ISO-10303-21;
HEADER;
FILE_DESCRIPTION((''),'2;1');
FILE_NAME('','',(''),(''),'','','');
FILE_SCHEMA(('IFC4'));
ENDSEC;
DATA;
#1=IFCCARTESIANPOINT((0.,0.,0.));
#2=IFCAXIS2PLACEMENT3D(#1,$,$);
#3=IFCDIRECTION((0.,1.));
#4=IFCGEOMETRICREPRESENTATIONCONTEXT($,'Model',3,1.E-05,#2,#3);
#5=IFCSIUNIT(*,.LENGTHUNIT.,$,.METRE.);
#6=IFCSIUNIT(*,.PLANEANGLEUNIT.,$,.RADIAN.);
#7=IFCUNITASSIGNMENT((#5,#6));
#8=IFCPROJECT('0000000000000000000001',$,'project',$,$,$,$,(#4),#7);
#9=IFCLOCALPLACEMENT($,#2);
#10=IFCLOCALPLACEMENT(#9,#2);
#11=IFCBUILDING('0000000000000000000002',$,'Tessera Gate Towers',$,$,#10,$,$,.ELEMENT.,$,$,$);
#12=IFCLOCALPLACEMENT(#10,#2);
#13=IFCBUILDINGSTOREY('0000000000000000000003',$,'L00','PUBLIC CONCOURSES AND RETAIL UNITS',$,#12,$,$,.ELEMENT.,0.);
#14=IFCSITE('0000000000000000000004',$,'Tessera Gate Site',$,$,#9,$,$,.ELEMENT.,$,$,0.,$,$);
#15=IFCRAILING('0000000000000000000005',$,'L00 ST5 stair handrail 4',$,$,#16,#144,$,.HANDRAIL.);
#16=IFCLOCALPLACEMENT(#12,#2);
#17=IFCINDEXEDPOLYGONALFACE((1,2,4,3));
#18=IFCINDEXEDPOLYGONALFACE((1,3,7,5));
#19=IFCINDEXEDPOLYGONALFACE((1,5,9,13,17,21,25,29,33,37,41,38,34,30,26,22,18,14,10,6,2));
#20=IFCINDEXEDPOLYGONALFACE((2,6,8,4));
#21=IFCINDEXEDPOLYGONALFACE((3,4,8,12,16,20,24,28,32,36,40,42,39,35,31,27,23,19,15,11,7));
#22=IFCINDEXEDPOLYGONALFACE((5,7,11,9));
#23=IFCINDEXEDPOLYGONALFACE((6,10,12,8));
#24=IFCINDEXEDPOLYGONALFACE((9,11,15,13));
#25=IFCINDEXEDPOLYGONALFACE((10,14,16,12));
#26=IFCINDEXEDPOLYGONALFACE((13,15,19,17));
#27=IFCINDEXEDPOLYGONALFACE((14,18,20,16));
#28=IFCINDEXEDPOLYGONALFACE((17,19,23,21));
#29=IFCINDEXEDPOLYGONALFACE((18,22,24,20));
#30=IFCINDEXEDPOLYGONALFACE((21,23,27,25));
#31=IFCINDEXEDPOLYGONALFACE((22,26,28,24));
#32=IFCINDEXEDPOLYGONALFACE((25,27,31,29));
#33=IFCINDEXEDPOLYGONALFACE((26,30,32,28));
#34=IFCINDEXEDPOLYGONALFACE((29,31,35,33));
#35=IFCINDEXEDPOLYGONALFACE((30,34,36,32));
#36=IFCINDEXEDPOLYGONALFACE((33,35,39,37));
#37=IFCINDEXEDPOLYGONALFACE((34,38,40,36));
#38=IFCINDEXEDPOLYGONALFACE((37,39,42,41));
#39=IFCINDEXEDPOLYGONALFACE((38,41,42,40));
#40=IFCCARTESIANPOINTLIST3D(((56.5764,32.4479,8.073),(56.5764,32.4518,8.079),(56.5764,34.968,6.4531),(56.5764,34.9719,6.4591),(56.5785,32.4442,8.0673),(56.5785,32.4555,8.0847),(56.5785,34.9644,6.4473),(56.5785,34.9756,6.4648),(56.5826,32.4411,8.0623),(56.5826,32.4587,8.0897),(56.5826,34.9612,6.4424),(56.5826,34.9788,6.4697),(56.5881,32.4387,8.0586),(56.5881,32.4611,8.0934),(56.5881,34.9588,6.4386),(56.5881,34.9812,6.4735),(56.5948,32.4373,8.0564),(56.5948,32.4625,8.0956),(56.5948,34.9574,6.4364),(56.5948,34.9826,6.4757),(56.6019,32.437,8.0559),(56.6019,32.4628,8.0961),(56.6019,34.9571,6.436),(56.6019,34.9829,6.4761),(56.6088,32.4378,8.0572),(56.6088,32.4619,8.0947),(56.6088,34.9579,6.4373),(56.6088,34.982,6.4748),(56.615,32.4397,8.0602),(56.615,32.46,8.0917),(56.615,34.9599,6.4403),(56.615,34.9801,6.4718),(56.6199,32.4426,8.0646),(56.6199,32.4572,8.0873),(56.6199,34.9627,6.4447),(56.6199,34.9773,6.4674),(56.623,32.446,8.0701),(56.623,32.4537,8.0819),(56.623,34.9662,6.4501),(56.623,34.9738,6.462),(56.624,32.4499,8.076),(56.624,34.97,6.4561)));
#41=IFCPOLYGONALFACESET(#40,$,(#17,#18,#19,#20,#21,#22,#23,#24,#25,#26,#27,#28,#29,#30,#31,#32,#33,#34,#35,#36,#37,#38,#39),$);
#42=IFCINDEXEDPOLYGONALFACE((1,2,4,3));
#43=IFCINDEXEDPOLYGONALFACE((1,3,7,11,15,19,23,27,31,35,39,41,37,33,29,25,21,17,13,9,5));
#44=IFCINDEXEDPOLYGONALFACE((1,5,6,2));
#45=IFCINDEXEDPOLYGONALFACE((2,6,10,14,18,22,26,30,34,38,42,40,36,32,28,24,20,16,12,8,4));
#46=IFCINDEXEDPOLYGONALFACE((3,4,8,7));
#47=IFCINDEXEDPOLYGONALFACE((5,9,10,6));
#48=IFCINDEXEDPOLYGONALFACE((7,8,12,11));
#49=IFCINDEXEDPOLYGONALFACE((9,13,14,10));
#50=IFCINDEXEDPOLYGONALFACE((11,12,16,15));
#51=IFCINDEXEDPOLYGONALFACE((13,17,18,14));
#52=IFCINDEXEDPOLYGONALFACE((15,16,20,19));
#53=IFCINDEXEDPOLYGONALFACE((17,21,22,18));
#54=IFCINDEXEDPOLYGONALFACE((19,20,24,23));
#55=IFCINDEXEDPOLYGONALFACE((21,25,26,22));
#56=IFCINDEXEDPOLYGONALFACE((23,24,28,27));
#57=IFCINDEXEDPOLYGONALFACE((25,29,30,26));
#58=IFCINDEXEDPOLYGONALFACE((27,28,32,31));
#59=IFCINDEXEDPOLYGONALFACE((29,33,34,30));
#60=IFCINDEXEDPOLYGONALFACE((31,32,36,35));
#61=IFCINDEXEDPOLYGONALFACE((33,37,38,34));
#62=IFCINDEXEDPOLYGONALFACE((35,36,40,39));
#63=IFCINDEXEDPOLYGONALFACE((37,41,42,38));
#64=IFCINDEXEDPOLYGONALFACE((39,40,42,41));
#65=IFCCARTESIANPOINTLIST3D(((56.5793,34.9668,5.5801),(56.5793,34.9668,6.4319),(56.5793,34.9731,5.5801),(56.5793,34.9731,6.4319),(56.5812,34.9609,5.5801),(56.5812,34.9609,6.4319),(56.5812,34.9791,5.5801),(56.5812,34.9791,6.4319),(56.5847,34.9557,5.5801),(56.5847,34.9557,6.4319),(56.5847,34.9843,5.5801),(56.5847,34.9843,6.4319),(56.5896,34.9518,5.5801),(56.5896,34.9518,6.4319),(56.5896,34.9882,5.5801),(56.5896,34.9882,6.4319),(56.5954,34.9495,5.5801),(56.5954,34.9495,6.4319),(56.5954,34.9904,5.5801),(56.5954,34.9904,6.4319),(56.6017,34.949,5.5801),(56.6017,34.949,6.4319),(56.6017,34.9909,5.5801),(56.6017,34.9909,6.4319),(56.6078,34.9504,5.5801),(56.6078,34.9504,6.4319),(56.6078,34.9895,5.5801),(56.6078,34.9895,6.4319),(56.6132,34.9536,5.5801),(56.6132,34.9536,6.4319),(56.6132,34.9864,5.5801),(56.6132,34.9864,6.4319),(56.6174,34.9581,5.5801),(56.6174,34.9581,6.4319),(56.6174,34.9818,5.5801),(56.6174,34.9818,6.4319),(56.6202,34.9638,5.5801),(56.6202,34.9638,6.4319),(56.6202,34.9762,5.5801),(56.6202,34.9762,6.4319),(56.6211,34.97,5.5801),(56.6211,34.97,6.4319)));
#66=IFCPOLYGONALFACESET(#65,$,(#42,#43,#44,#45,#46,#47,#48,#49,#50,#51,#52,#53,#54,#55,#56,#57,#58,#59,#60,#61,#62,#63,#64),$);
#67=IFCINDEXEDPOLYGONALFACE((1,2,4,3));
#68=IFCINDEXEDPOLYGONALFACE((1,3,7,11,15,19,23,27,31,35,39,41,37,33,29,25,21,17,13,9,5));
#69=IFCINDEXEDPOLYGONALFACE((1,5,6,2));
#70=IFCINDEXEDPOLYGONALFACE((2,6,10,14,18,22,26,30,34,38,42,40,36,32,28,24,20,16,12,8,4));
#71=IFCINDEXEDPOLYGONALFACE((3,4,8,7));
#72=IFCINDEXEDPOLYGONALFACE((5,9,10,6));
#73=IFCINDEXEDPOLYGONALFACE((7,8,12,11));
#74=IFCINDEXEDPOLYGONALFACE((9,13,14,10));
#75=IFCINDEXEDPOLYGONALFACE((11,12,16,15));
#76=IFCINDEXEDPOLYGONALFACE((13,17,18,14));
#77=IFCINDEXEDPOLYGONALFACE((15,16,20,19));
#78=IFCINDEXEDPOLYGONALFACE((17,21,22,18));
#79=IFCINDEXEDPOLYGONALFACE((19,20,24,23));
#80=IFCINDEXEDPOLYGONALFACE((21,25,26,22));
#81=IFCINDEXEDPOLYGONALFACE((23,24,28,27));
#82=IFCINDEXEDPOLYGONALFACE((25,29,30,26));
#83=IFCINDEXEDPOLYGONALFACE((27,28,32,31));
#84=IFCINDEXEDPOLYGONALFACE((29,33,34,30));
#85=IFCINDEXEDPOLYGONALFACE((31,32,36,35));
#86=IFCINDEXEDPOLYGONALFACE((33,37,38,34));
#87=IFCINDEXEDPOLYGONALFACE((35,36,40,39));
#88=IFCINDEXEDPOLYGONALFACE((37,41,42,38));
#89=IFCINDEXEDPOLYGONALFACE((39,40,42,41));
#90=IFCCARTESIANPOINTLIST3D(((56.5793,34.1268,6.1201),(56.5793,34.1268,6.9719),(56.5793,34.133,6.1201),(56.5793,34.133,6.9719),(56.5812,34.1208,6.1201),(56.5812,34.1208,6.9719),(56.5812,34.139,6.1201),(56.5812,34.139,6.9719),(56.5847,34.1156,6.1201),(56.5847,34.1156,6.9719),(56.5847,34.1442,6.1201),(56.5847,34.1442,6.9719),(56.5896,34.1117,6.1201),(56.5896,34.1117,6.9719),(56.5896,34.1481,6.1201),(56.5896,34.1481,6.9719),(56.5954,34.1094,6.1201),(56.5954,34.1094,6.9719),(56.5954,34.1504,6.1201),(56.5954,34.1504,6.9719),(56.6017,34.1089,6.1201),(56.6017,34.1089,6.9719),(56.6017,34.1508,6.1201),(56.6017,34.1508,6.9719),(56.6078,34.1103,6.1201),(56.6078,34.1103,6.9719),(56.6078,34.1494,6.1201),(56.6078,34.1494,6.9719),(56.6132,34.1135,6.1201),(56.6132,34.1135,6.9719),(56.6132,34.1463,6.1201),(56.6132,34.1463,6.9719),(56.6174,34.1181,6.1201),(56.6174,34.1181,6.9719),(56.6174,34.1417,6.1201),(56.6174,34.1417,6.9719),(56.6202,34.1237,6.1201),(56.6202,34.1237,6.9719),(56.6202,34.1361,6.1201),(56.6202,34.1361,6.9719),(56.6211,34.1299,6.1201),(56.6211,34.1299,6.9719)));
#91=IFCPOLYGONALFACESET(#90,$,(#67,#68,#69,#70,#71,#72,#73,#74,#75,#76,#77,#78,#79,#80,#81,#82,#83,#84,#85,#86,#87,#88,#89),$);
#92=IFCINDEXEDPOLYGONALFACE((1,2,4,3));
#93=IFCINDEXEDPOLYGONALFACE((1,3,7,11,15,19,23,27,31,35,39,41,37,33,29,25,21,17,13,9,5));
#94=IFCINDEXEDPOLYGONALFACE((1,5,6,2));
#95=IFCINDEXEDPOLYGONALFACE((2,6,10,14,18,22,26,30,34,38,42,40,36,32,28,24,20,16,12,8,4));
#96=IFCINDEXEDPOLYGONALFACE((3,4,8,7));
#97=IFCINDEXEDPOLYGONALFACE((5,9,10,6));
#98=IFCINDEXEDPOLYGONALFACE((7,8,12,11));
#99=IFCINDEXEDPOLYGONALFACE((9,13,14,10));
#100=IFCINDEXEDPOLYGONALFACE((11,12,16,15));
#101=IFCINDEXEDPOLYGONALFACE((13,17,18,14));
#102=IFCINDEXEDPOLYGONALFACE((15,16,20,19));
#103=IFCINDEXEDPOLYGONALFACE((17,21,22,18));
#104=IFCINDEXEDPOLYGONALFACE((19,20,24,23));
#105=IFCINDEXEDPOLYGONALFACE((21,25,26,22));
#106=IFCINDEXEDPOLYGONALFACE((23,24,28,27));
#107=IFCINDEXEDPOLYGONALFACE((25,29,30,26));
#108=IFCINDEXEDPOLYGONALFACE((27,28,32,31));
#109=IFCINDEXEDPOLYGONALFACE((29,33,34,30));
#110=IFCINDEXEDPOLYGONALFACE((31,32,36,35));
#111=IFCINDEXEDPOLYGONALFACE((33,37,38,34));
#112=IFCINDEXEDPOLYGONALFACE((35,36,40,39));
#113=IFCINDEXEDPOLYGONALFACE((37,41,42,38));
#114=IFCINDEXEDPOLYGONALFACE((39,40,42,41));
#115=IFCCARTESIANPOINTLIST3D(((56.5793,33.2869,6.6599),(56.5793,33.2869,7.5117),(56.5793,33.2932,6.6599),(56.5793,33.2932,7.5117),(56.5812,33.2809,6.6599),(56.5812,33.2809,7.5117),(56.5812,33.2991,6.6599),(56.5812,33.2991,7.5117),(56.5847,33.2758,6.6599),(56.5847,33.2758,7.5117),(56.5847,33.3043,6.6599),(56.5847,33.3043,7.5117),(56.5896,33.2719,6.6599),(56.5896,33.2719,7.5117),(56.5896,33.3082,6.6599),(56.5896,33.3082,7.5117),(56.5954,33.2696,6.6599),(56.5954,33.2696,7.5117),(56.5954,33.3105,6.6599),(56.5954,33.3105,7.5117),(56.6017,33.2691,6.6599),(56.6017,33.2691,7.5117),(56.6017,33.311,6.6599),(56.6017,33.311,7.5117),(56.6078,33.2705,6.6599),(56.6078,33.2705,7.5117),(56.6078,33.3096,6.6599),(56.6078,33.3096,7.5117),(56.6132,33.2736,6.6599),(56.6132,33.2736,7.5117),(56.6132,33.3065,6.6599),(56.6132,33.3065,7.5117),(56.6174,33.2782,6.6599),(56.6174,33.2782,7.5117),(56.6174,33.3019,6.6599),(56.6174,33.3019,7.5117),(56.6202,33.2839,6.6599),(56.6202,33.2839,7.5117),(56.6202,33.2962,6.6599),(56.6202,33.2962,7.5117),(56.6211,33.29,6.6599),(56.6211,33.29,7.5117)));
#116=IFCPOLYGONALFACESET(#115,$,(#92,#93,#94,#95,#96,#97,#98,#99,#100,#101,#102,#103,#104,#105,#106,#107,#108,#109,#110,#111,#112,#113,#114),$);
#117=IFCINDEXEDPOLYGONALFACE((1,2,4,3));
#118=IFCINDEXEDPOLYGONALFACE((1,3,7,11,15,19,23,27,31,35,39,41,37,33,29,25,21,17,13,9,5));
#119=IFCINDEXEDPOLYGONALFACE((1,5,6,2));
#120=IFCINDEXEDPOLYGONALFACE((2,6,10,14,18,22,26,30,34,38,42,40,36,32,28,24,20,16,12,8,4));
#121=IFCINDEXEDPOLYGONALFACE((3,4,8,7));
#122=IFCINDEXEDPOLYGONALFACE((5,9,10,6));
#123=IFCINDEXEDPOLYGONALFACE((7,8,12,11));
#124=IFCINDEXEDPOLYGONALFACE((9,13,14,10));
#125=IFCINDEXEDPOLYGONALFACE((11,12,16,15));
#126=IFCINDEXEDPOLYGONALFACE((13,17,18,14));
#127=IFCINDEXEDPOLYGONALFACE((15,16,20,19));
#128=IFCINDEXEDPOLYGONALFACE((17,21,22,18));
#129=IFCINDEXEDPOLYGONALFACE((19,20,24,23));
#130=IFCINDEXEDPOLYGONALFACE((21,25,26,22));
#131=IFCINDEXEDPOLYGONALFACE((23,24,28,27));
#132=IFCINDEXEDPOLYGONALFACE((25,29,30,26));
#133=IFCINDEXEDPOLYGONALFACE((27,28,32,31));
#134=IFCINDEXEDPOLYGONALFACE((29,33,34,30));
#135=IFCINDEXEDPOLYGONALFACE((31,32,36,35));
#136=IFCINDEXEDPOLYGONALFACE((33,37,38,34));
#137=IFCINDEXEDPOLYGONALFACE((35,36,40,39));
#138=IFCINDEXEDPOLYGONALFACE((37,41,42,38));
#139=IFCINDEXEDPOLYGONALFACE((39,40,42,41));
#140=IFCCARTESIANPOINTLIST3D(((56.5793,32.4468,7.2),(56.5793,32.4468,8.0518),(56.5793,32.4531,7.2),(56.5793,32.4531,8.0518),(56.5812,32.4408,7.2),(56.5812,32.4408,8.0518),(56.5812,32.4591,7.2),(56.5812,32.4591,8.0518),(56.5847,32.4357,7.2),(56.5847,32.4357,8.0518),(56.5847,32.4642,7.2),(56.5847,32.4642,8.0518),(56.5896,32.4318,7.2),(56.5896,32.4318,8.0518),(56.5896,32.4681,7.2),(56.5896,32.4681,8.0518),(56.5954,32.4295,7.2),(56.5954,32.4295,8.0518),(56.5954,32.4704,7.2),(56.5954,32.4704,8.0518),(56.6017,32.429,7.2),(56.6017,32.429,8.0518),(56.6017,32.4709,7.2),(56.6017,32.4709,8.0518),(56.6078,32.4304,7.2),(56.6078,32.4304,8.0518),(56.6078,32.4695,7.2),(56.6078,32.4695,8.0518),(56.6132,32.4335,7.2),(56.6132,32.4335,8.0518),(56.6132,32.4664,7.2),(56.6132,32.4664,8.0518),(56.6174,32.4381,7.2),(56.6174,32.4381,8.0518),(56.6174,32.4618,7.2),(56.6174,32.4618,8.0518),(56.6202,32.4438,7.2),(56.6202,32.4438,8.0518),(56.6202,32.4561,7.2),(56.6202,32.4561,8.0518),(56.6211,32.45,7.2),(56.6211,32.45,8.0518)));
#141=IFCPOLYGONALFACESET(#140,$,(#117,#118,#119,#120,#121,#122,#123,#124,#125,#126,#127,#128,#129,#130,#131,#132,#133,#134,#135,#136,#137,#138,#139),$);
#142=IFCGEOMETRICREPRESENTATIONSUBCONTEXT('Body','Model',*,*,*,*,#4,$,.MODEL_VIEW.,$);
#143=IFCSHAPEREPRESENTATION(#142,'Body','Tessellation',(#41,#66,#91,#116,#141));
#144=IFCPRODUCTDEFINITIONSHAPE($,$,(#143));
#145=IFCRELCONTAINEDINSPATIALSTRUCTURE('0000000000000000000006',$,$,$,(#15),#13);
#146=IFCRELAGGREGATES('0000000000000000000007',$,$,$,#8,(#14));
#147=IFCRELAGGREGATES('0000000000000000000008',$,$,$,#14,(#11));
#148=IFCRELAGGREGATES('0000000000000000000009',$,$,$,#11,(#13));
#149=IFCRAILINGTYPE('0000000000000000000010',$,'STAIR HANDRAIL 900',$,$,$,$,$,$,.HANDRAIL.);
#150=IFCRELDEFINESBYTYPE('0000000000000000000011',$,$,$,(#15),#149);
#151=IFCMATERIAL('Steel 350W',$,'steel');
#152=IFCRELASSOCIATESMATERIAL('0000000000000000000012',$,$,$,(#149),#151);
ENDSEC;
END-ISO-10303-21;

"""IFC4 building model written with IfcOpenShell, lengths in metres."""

from ifc_helpers import new_model, si_unit, direction, frame, origin, origin_2d, place, context, subcontext, project, spatial, circle, extrude, material, type_object, element, save


model = new_model("IFC4")

# Units and contexts
model_context = context("Model", 3, precision=1e-05, world=origin(), true_north=direction((0.0, 1.0)))
body_context = subcontext(model_context, "Body", "Model", "MODEL_VIEW")
ifc_project = project(units=[si_unit("LENGTHUNIT", "METRE"), si_unit("PLANEANGLEUNIT", "RADIAN")], contexts=[model_context])

# Site, building, storey
site_placement = place(None, origin())
site = spatial("IfcSite", under=ifc_project, at=site_placement, Name="Tessera Gate Site", CompositionType="ELEMENT", RefElevation=0.0)
building_placement = place(site_placement, origin())
building = spatial("IfcBuilding", under=site, at=building_placement, Name="Tessera Gate Towers", CompositionType="ELEMENT")
storey_placement = place(building_placement, origin())
storey = spatial("IfcBuildingStorey", under=building, at=storey_placement, Name="L00", Description="PUBLIC CONCOURSES AND RETAIL UNITS", CompositionType="ELEMENT", Elevation=0.0)

# Railing
ifc_material_1 = material(Name="Steel 350W", Category="steel")
railing_type_1 = type_object("IfcRailingType", Name="STAIR HANDRAIL 900", PredefinedType="HANDRAIL", material=ifc_material_1)
railing_1_placement = place(storey_placement, frame((56.6001, 34.97, 5.5801)))
element("IfcRailing", 1, at=railing_1_placement, inside=storey, type_object=railing_type_1, Name="L00 ST5 stair handrail 4", PredefinedType="HANDRAIL", context=body_context, shape_type="SweptSolid", body=[
    extrude(circle(Radius=0.0239, at=origin_2d()), frame((0.0, 0.0, 0.876), z_axis=(0.0, -0.8412, 0.540725), x_axis=(1.0, 0.0, 0.0)), (0.0, 0.0, 1.0), 2.9958),
    extrude(circle(Radius=0.021, at=origin_2d()), origin(), (0.0, 0.0, 1.0), 0.8518),
    extrude(circle(Radius=0.021, at=origin_2d()), frame((0.0, -0.8401, 0.54)), (0.0, 0.0, 1.0), 0.8518),
    extrude(circle(Radius=0.021, at=origin_2d()), frame((0.0, -1.6799, 1.0798)), (0.0, 0.0, 1.0), 0.8518),
    extrude(circle(Radius=0.021, at=origin_2d()), frame((0.0, -2.52, 1.6199)), (0.0, 0.0, 1.0), 0.8518),
])

save(model, "model.ifc")
